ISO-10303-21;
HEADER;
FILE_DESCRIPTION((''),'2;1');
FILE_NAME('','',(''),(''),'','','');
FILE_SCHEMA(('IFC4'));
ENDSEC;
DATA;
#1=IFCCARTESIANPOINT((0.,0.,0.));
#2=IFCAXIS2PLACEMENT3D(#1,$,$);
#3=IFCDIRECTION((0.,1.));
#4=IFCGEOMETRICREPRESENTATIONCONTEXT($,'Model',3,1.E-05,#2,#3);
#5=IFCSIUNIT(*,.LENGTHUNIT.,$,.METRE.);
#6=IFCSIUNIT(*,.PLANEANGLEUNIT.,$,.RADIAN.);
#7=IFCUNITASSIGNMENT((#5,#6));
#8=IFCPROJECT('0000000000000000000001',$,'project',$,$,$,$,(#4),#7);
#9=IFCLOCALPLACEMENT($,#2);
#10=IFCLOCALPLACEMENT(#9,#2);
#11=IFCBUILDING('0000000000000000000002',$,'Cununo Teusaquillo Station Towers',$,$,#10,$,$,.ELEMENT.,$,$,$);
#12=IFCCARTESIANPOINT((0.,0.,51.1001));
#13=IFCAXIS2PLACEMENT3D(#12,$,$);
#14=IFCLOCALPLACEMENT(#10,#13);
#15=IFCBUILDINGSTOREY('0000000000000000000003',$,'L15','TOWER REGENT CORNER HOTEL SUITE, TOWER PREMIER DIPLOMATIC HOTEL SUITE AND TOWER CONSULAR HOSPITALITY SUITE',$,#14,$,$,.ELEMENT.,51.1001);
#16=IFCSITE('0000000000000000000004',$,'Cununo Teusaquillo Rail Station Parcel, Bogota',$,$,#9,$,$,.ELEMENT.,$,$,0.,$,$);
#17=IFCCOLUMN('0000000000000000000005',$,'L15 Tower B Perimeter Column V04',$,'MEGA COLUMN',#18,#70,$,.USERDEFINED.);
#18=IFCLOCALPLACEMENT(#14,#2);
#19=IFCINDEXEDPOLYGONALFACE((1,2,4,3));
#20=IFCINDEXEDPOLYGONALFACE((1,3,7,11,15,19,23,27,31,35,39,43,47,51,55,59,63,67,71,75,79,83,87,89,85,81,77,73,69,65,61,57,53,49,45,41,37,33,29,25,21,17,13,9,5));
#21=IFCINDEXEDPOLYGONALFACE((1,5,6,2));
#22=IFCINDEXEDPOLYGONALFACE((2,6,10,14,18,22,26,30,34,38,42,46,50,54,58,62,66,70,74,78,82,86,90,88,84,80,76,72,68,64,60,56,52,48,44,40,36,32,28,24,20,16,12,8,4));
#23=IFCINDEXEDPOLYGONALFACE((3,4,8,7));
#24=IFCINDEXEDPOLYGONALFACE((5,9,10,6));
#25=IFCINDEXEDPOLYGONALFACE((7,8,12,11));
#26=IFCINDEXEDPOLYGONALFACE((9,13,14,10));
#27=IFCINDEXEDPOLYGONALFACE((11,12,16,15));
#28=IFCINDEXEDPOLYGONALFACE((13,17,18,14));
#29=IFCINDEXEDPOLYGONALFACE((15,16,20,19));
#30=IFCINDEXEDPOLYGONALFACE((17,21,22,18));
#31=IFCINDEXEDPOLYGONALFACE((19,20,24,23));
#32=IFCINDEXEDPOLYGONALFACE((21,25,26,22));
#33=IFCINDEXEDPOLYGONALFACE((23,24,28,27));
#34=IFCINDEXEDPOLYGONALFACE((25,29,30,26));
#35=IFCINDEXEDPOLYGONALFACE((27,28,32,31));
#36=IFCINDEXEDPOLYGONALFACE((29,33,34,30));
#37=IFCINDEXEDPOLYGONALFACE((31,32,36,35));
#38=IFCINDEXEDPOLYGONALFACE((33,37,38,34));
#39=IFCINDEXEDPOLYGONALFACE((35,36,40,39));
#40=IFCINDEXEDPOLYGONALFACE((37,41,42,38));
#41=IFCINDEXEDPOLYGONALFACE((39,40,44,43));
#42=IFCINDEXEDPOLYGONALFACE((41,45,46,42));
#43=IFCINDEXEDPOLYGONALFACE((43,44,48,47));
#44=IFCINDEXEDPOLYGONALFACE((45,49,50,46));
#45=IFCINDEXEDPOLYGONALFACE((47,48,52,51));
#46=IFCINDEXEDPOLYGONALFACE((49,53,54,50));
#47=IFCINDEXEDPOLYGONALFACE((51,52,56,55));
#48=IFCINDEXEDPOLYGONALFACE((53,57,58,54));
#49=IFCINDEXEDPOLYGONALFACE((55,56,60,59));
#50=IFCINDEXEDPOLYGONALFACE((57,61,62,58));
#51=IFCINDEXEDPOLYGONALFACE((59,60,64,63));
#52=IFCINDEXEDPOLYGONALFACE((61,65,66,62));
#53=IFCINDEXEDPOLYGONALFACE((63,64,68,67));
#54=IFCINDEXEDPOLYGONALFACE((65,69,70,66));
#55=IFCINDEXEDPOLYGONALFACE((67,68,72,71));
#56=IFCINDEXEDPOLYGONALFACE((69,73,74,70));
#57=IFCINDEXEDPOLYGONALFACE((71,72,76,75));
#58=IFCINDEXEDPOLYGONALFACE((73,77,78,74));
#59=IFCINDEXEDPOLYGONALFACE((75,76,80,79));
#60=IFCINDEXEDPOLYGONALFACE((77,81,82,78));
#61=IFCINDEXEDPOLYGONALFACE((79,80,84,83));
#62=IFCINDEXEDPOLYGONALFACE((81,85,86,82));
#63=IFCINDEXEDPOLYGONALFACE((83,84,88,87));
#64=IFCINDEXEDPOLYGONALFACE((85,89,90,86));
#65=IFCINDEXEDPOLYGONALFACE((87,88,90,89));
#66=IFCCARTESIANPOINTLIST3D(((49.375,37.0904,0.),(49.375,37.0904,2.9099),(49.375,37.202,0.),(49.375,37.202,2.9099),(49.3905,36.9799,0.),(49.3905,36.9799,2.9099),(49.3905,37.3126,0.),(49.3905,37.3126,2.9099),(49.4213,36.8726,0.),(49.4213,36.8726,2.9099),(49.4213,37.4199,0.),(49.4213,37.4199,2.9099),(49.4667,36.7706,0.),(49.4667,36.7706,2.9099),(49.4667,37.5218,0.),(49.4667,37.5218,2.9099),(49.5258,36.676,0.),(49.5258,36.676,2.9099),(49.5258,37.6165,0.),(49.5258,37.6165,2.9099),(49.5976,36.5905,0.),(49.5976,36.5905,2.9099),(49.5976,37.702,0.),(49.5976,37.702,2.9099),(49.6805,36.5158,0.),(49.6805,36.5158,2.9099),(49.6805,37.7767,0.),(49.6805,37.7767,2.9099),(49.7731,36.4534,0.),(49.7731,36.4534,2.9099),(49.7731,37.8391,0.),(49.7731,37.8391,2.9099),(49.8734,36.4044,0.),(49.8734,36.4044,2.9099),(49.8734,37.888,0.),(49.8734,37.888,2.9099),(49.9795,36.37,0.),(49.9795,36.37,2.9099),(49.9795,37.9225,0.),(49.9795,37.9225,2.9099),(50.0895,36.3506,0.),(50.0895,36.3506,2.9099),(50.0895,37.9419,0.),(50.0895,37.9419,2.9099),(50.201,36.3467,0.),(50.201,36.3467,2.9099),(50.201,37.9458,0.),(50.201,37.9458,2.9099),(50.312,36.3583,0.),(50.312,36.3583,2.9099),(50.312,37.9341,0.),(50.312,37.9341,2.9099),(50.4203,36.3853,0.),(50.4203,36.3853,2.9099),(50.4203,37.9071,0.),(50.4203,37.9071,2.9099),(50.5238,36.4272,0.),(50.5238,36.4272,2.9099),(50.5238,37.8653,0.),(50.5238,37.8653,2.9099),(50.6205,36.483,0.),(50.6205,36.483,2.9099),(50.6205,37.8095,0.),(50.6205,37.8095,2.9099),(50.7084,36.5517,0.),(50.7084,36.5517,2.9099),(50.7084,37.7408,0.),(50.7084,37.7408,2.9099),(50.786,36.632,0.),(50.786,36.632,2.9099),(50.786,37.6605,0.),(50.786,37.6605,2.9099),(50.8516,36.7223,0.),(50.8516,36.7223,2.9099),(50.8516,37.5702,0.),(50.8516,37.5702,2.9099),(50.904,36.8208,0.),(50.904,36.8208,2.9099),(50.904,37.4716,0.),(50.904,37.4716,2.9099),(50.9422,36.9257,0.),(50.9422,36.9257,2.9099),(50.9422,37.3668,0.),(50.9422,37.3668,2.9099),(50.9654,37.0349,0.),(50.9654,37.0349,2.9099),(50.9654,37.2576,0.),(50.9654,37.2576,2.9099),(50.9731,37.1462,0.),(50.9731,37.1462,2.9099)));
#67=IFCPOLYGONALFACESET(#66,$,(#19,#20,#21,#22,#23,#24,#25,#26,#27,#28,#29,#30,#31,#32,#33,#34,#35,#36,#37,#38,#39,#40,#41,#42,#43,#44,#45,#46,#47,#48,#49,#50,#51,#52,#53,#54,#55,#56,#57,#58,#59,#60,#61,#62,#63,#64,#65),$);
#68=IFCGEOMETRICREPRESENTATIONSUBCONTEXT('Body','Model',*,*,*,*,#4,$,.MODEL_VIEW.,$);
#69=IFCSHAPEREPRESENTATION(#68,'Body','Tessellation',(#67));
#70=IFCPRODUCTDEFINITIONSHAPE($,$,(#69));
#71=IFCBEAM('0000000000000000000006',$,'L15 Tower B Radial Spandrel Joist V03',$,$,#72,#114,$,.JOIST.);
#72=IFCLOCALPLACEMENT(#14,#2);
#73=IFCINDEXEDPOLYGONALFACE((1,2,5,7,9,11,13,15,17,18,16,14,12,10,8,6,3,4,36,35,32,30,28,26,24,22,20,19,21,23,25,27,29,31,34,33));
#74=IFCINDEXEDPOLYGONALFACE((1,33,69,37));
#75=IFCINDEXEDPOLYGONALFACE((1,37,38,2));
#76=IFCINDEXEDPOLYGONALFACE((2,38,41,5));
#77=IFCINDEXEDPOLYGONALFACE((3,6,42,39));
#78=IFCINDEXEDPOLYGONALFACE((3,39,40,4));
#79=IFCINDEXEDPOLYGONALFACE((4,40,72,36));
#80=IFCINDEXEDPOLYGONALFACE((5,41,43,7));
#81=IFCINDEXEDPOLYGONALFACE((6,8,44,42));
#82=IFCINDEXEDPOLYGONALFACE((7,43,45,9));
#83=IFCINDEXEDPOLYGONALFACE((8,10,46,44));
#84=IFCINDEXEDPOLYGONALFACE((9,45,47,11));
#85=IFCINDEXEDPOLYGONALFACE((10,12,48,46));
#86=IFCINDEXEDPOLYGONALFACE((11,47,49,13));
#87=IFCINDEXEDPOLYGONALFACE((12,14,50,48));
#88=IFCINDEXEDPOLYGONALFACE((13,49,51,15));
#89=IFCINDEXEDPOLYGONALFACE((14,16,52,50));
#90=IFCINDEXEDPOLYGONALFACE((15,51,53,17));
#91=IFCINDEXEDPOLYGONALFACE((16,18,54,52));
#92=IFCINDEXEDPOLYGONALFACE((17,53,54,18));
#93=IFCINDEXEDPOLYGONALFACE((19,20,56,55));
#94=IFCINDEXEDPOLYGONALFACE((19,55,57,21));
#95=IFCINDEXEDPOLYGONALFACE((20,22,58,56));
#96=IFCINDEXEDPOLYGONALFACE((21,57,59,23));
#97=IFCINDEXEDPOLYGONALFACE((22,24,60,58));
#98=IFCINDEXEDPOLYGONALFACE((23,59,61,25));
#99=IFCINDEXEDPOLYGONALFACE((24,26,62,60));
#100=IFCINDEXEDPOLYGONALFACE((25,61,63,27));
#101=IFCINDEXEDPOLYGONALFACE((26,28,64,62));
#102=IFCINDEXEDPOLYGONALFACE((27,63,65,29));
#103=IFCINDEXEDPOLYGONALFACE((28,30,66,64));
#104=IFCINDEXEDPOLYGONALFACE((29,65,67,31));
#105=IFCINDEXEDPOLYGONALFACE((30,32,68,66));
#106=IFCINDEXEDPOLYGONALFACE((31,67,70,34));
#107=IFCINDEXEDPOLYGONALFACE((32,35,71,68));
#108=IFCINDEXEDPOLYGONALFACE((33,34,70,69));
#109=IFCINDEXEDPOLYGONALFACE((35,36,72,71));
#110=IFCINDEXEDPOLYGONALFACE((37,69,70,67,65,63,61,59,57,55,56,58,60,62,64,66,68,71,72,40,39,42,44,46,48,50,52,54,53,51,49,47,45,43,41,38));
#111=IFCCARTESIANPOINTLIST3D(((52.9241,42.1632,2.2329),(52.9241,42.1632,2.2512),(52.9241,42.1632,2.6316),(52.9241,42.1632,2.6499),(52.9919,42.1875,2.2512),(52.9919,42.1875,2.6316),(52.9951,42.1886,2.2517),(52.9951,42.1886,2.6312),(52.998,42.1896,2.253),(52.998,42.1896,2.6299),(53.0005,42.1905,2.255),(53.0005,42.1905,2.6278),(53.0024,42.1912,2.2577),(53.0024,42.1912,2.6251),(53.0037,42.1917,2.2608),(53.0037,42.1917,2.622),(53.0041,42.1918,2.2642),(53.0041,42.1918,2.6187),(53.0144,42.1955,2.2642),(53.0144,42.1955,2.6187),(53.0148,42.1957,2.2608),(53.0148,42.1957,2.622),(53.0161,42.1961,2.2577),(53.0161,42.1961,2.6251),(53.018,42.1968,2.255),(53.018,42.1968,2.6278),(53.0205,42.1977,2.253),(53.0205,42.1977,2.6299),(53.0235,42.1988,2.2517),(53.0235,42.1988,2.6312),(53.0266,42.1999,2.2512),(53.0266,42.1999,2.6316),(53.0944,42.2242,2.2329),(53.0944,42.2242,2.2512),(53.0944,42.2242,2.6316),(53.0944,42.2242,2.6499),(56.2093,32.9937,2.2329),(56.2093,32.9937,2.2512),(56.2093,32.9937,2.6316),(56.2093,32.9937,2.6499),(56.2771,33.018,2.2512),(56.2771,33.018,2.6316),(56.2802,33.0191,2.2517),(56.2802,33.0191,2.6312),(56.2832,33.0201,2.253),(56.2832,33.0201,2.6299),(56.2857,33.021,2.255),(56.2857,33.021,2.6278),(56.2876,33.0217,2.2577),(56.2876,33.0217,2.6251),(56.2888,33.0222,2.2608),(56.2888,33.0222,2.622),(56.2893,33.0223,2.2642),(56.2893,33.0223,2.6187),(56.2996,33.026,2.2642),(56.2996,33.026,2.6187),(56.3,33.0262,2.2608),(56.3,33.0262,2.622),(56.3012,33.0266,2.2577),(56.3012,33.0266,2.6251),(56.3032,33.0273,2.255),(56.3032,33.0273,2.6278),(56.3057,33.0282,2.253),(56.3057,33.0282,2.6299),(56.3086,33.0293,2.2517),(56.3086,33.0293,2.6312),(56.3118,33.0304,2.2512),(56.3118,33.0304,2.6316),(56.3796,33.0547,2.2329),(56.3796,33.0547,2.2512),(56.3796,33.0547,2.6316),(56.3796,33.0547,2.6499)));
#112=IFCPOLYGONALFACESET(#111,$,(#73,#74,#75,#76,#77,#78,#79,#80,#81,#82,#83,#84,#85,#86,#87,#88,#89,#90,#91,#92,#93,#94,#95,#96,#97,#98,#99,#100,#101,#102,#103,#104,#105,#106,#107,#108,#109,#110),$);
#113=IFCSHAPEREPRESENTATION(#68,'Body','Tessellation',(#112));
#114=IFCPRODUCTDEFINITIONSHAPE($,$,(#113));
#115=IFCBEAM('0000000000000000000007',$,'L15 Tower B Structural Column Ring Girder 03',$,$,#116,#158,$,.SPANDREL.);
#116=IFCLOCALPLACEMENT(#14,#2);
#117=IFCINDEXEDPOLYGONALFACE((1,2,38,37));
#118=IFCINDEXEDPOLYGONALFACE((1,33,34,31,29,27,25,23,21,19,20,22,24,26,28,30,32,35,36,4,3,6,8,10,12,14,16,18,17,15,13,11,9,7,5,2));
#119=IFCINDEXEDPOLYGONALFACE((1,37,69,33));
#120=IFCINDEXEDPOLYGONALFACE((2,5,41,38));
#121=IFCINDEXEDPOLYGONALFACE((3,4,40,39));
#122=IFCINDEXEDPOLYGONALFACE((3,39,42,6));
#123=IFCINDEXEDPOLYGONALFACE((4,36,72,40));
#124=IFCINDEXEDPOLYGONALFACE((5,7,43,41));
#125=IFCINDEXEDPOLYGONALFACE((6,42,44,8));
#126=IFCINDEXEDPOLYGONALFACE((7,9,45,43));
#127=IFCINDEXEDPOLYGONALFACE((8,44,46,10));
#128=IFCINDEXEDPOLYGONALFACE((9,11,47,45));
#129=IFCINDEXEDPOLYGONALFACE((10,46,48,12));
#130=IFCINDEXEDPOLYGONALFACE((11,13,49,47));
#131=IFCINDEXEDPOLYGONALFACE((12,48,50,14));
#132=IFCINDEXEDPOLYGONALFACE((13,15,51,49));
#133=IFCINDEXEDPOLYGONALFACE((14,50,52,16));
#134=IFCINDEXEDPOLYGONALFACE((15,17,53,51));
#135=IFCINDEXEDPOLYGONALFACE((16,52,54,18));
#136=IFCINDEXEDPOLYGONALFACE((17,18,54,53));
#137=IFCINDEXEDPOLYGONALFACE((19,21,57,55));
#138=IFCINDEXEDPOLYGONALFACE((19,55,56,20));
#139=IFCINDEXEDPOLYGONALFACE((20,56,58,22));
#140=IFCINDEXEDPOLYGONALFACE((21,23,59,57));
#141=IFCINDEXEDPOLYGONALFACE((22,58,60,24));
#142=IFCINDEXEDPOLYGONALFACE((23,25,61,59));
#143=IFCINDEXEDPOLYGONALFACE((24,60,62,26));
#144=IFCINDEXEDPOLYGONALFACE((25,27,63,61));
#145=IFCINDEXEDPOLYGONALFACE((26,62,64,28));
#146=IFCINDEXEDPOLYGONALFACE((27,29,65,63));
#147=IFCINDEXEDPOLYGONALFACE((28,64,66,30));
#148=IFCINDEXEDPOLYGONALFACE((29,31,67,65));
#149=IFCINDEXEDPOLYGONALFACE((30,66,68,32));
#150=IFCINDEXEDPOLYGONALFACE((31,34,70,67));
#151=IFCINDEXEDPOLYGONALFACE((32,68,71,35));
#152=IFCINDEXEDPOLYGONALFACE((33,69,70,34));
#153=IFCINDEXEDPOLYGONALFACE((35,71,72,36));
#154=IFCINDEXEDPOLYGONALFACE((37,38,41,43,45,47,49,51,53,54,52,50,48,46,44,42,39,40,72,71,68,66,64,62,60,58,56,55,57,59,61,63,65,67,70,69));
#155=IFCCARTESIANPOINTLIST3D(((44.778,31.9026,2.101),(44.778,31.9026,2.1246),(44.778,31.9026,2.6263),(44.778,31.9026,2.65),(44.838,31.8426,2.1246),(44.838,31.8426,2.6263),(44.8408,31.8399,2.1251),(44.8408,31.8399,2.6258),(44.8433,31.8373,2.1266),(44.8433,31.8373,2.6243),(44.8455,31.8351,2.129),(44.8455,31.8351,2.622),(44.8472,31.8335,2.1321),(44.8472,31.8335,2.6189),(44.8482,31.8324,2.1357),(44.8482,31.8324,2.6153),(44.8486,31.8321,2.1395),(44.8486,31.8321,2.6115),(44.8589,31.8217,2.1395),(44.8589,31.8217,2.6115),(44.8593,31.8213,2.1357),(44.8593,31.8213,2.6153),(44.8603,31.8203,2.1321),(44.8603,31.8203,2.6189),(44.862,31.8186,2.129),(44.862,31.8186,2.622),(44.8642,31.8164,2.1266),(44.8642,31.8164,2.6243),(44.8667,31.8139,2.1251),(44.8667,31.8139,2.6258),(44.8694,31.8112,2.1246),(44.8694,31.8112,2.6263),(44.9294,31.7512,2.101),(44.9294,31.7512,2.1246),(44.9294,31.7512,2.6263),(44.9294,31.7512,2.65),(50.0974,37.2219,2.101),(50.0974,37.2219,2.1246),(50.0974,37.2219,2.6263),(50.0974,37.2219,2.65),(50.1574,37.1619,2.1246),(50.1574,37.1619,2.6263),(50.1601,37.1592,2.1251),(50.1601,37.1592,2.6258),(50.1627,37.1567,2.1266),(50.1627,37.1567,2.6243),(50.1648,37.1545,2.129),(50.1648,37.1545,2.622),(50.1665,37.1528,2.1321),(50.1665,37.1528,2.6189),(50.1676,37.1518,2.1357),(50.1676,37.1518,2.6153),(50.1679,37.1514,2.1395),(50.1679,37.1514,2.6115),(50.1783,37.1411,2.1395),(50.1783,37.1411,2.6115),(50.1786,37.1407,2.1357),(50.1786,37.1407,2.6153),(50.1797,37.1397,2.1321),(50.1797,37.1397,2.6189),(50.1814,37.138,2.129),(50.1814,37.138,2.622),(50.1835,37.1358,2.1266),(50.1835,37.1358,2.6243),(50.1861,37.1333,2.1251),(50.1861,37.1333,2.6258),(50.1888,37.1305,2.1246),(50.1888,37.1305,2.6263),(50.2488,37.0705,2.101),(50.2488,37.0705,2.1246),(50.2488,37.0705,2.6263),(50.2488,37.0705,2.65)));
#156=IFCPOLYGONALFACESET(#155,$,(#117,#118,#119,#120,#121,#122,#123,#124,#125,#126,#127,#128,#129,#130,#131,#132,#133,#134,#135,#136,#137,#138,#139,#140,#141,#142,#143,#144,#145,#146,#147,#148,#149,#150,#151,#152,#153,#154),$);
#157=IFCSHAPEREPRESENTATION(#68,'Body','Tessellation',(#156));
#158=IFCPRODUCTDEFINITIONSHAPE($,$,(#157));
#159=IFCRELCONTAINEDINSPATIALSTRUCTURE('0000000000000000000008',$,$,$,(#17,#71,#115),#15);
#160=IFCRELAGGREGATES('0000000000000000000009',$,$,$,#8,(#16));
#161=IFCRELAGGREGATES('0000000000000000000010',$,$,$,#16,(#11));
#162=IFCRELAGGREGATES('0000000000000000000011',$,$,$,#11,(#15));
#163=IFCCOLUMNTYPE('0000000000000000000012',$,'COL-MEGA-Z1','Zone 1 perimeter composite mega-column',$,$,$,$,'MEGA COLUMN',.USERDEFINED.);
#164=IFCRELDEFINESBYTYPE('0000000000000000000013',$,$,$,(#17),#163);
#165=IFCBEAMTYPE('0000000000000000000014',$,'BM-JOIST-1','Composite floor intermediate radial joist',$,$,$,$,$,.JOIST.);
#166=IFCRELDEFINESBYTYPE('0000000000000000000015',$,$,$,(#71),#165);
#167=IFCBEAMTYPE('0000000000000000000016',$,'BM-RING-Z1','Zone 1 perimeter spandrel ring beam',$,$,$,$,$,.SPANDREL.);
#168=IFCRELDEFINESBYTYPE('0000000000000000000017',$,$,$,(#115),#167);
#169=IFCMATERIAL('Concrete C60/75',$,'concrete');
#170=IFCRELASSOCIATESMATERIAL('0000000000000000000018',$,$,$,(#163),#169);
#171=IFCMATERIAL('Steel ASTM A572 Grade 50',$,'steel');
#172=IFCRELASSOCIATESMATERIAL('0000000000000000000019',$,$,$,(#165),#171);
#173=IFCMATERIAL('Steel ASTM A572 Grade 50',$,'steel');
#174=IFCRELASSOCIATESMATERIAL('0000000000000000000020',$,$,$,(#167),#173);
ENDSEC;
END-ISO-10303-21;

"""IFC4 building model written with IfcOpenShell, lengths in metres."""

from ifc_helpers import new_model, si_unit, direction, frame, origin, origin_2d, place, context, subcontext, project, spatial, circle, i_section, extrude, material, material_profile, profile_set, type_object, element, save


model = new_model("IFC4")

# Units and contexts
model_context = context("Model", 3, precision=1e-05, world=origin(), true_north=direction((0.0, 1.0)))
body_context = subcontext(model_context, "Body", "Model", "MODEL_VIEW")
ifc_project = project(units=[si_unit("LENGTHUNIT", "METRE"), si_unit("PLANEANGLEUNIT", "RADIAN")], contexts=[model_context])

# Site, building, storey
site_placement = place(None, origin())
site = spatial("IfcSite", under=ifc_project, at=site_placement, Name="Cununo Teusaquillo Rail Station Parcel, Bogota", CompositionType="ELEMENT", RefElevation=0.0)
building_placement = place(site_placement, origin())
building = spatial("IfcBuilding", under=site, at=building_placement, Name="Cununo Teusaquillo Station Towers", CompositionType="ELEMENT")
storey_placement = place(building_placement, frame((0.0, 0.0, 51.1001)))
storey = spatial("IfcBuildingStorey", under=building, at=storey_placement, Name="L15", Description="TOWER REGENT CORNER HOTEL SUITE, TOWER PREMIER DIPLOMATIC HOTEL SUITE AND TOWER CONSULAR HOSPITALITY SUITE", CompositionType="ELEMENT", Elevation=51.1001)

# Column
ifc_material_1 = material(Name="Concrete C60/75", Category="concrete")
ifc_material_profile_1 = material_profile(ifc_material_1, circle(Radius=0.8, at=origin_2d()), Name="RC-CIRC-1600")
ifc_profile_set_1 = profile_set([ifc_material_profile_1], Name="Concrete C60/75")
column_type = type_object("IfcColumnType", Name="COL-MEGA-Z1", Description="Zone 1 perimeter composite mega-column", ElementType="MEGA COLUMN", PredefinedType="USERDEFINED", material=ifc_profile_set_1)
column_placement = place(storey_placement, frame((50.1731, 37.1462, 0.0), z_axis=(0.0, 0.0, 1.0), x_axis=(1.0, 0.0, 0.0)))
element("IfcColumn", 1, at=column_placement, inside=storey, type_object=column_type, Name="L15 Tower B Perimeter Column V04", ObjectType="MEGA COLUMN", PredefinedType="USERDEFINED", context=body_context, shape_type="SweptSolid", body=[
    extrude(circle(Radius=0.8, at=origin_2d()), origin(), (0.0, 0.0, 1.0), 2.9099),
])

# Beams
ifc_material_2 = material(Name="Steel ASTM A572 Grade 50", Category="steel")
ifc_material_profile_2 = material_profile(ifc_material_2, i_section(OverallWidth=0.1809, OverallDepth=0.417, WebThickness=0.011, FlangeThickness=0.0183, FilletRadius=0.0129, at=origin_2d()), Name="W16X57")
ifc_profile_set_2 = profile_set([ifc_material_profile_2], Name="Steel ASTM A572 Grade 50")
beam_type_1 = type_object("IfcBeamType", Name="BM-JOIST-1", Description="Composite floor intermediate radial joist", PredefinedType="JOIST", material=ifc_profile_set_2)
beam_1_placement = place(storey_placement, frame((56.2944, 33.0242, 2.4414), z_axis=(-0.337279, 0.941405, 0.0), x_axis=(-0.941405, -0.337279, 0.0)))
element("IfcBeam", 2, at=beam_1_placement, inside=storey, type_object=beam_type_1, Name="L15 Tower B Radial Spandrel Joist V03", PredefinedType="JOIST", context=body_context, shape_type="SweptSolid", body=[
    extrude(i_section(OverallWidth=0.1809, OverallDepth=0.417, WebThickness=0.011, FlangeThickness=0.0183, FilletRadius=0.0129, at=origin_2d()), origin(), (0.0, 0.0, 1.0), 9.7402),
])
ifc_material_3 = material(Name="Steel ASTM A572 Grade 50", Category="steel")
ifc_material_profile_3 = material_profile(ifc_material_3, i_section(OverallWidth=0.2141, OverallDepth=0.5491, WebThickness=0.0146, FlangeThickness=0.0237, FilletRadius=0.0149, at=origin_2d()), Name="W21X93")
ifc_profile_set_3 = profile_set([ifc_material_profile_3], Name="Steel ASTM A572 Grade 50")
beam_type_2 = type_object("IfcBeamType", Name="BM-RING-Z1", Description="Zone 1 perimeter spandrel ring beam", PredefinedType="SPANDREL", material=ifc_profile_set_3)
beam_2_placement = place(storey_placement, frame((50.1731, 37.1462, 2.3755), z_axis=(-0.707107, -0.707107, 0.0), x_axis=(0.707107, -0.707107, 0.0)))
element("IfcBeam", 3, at=beam_2_placement, inside=storey, type_object=beam_type_2, Name="L15 Tower B Structural Column Ring Girder 03", PredefinedType="SPANDREL", context=body_context, shape_type="SweptSolid", body=[
    extrude(i_section(OverallWidth=0.2141, OverallDepth=0.5491, WebThickness=0.0146, FlangeThickness=0.0237, FilletRadius=0.0149, at=origin_2d()), origin(), (0.0, 0.0, 1.0), 7.5227),
])

save(model, "model.ifc")
